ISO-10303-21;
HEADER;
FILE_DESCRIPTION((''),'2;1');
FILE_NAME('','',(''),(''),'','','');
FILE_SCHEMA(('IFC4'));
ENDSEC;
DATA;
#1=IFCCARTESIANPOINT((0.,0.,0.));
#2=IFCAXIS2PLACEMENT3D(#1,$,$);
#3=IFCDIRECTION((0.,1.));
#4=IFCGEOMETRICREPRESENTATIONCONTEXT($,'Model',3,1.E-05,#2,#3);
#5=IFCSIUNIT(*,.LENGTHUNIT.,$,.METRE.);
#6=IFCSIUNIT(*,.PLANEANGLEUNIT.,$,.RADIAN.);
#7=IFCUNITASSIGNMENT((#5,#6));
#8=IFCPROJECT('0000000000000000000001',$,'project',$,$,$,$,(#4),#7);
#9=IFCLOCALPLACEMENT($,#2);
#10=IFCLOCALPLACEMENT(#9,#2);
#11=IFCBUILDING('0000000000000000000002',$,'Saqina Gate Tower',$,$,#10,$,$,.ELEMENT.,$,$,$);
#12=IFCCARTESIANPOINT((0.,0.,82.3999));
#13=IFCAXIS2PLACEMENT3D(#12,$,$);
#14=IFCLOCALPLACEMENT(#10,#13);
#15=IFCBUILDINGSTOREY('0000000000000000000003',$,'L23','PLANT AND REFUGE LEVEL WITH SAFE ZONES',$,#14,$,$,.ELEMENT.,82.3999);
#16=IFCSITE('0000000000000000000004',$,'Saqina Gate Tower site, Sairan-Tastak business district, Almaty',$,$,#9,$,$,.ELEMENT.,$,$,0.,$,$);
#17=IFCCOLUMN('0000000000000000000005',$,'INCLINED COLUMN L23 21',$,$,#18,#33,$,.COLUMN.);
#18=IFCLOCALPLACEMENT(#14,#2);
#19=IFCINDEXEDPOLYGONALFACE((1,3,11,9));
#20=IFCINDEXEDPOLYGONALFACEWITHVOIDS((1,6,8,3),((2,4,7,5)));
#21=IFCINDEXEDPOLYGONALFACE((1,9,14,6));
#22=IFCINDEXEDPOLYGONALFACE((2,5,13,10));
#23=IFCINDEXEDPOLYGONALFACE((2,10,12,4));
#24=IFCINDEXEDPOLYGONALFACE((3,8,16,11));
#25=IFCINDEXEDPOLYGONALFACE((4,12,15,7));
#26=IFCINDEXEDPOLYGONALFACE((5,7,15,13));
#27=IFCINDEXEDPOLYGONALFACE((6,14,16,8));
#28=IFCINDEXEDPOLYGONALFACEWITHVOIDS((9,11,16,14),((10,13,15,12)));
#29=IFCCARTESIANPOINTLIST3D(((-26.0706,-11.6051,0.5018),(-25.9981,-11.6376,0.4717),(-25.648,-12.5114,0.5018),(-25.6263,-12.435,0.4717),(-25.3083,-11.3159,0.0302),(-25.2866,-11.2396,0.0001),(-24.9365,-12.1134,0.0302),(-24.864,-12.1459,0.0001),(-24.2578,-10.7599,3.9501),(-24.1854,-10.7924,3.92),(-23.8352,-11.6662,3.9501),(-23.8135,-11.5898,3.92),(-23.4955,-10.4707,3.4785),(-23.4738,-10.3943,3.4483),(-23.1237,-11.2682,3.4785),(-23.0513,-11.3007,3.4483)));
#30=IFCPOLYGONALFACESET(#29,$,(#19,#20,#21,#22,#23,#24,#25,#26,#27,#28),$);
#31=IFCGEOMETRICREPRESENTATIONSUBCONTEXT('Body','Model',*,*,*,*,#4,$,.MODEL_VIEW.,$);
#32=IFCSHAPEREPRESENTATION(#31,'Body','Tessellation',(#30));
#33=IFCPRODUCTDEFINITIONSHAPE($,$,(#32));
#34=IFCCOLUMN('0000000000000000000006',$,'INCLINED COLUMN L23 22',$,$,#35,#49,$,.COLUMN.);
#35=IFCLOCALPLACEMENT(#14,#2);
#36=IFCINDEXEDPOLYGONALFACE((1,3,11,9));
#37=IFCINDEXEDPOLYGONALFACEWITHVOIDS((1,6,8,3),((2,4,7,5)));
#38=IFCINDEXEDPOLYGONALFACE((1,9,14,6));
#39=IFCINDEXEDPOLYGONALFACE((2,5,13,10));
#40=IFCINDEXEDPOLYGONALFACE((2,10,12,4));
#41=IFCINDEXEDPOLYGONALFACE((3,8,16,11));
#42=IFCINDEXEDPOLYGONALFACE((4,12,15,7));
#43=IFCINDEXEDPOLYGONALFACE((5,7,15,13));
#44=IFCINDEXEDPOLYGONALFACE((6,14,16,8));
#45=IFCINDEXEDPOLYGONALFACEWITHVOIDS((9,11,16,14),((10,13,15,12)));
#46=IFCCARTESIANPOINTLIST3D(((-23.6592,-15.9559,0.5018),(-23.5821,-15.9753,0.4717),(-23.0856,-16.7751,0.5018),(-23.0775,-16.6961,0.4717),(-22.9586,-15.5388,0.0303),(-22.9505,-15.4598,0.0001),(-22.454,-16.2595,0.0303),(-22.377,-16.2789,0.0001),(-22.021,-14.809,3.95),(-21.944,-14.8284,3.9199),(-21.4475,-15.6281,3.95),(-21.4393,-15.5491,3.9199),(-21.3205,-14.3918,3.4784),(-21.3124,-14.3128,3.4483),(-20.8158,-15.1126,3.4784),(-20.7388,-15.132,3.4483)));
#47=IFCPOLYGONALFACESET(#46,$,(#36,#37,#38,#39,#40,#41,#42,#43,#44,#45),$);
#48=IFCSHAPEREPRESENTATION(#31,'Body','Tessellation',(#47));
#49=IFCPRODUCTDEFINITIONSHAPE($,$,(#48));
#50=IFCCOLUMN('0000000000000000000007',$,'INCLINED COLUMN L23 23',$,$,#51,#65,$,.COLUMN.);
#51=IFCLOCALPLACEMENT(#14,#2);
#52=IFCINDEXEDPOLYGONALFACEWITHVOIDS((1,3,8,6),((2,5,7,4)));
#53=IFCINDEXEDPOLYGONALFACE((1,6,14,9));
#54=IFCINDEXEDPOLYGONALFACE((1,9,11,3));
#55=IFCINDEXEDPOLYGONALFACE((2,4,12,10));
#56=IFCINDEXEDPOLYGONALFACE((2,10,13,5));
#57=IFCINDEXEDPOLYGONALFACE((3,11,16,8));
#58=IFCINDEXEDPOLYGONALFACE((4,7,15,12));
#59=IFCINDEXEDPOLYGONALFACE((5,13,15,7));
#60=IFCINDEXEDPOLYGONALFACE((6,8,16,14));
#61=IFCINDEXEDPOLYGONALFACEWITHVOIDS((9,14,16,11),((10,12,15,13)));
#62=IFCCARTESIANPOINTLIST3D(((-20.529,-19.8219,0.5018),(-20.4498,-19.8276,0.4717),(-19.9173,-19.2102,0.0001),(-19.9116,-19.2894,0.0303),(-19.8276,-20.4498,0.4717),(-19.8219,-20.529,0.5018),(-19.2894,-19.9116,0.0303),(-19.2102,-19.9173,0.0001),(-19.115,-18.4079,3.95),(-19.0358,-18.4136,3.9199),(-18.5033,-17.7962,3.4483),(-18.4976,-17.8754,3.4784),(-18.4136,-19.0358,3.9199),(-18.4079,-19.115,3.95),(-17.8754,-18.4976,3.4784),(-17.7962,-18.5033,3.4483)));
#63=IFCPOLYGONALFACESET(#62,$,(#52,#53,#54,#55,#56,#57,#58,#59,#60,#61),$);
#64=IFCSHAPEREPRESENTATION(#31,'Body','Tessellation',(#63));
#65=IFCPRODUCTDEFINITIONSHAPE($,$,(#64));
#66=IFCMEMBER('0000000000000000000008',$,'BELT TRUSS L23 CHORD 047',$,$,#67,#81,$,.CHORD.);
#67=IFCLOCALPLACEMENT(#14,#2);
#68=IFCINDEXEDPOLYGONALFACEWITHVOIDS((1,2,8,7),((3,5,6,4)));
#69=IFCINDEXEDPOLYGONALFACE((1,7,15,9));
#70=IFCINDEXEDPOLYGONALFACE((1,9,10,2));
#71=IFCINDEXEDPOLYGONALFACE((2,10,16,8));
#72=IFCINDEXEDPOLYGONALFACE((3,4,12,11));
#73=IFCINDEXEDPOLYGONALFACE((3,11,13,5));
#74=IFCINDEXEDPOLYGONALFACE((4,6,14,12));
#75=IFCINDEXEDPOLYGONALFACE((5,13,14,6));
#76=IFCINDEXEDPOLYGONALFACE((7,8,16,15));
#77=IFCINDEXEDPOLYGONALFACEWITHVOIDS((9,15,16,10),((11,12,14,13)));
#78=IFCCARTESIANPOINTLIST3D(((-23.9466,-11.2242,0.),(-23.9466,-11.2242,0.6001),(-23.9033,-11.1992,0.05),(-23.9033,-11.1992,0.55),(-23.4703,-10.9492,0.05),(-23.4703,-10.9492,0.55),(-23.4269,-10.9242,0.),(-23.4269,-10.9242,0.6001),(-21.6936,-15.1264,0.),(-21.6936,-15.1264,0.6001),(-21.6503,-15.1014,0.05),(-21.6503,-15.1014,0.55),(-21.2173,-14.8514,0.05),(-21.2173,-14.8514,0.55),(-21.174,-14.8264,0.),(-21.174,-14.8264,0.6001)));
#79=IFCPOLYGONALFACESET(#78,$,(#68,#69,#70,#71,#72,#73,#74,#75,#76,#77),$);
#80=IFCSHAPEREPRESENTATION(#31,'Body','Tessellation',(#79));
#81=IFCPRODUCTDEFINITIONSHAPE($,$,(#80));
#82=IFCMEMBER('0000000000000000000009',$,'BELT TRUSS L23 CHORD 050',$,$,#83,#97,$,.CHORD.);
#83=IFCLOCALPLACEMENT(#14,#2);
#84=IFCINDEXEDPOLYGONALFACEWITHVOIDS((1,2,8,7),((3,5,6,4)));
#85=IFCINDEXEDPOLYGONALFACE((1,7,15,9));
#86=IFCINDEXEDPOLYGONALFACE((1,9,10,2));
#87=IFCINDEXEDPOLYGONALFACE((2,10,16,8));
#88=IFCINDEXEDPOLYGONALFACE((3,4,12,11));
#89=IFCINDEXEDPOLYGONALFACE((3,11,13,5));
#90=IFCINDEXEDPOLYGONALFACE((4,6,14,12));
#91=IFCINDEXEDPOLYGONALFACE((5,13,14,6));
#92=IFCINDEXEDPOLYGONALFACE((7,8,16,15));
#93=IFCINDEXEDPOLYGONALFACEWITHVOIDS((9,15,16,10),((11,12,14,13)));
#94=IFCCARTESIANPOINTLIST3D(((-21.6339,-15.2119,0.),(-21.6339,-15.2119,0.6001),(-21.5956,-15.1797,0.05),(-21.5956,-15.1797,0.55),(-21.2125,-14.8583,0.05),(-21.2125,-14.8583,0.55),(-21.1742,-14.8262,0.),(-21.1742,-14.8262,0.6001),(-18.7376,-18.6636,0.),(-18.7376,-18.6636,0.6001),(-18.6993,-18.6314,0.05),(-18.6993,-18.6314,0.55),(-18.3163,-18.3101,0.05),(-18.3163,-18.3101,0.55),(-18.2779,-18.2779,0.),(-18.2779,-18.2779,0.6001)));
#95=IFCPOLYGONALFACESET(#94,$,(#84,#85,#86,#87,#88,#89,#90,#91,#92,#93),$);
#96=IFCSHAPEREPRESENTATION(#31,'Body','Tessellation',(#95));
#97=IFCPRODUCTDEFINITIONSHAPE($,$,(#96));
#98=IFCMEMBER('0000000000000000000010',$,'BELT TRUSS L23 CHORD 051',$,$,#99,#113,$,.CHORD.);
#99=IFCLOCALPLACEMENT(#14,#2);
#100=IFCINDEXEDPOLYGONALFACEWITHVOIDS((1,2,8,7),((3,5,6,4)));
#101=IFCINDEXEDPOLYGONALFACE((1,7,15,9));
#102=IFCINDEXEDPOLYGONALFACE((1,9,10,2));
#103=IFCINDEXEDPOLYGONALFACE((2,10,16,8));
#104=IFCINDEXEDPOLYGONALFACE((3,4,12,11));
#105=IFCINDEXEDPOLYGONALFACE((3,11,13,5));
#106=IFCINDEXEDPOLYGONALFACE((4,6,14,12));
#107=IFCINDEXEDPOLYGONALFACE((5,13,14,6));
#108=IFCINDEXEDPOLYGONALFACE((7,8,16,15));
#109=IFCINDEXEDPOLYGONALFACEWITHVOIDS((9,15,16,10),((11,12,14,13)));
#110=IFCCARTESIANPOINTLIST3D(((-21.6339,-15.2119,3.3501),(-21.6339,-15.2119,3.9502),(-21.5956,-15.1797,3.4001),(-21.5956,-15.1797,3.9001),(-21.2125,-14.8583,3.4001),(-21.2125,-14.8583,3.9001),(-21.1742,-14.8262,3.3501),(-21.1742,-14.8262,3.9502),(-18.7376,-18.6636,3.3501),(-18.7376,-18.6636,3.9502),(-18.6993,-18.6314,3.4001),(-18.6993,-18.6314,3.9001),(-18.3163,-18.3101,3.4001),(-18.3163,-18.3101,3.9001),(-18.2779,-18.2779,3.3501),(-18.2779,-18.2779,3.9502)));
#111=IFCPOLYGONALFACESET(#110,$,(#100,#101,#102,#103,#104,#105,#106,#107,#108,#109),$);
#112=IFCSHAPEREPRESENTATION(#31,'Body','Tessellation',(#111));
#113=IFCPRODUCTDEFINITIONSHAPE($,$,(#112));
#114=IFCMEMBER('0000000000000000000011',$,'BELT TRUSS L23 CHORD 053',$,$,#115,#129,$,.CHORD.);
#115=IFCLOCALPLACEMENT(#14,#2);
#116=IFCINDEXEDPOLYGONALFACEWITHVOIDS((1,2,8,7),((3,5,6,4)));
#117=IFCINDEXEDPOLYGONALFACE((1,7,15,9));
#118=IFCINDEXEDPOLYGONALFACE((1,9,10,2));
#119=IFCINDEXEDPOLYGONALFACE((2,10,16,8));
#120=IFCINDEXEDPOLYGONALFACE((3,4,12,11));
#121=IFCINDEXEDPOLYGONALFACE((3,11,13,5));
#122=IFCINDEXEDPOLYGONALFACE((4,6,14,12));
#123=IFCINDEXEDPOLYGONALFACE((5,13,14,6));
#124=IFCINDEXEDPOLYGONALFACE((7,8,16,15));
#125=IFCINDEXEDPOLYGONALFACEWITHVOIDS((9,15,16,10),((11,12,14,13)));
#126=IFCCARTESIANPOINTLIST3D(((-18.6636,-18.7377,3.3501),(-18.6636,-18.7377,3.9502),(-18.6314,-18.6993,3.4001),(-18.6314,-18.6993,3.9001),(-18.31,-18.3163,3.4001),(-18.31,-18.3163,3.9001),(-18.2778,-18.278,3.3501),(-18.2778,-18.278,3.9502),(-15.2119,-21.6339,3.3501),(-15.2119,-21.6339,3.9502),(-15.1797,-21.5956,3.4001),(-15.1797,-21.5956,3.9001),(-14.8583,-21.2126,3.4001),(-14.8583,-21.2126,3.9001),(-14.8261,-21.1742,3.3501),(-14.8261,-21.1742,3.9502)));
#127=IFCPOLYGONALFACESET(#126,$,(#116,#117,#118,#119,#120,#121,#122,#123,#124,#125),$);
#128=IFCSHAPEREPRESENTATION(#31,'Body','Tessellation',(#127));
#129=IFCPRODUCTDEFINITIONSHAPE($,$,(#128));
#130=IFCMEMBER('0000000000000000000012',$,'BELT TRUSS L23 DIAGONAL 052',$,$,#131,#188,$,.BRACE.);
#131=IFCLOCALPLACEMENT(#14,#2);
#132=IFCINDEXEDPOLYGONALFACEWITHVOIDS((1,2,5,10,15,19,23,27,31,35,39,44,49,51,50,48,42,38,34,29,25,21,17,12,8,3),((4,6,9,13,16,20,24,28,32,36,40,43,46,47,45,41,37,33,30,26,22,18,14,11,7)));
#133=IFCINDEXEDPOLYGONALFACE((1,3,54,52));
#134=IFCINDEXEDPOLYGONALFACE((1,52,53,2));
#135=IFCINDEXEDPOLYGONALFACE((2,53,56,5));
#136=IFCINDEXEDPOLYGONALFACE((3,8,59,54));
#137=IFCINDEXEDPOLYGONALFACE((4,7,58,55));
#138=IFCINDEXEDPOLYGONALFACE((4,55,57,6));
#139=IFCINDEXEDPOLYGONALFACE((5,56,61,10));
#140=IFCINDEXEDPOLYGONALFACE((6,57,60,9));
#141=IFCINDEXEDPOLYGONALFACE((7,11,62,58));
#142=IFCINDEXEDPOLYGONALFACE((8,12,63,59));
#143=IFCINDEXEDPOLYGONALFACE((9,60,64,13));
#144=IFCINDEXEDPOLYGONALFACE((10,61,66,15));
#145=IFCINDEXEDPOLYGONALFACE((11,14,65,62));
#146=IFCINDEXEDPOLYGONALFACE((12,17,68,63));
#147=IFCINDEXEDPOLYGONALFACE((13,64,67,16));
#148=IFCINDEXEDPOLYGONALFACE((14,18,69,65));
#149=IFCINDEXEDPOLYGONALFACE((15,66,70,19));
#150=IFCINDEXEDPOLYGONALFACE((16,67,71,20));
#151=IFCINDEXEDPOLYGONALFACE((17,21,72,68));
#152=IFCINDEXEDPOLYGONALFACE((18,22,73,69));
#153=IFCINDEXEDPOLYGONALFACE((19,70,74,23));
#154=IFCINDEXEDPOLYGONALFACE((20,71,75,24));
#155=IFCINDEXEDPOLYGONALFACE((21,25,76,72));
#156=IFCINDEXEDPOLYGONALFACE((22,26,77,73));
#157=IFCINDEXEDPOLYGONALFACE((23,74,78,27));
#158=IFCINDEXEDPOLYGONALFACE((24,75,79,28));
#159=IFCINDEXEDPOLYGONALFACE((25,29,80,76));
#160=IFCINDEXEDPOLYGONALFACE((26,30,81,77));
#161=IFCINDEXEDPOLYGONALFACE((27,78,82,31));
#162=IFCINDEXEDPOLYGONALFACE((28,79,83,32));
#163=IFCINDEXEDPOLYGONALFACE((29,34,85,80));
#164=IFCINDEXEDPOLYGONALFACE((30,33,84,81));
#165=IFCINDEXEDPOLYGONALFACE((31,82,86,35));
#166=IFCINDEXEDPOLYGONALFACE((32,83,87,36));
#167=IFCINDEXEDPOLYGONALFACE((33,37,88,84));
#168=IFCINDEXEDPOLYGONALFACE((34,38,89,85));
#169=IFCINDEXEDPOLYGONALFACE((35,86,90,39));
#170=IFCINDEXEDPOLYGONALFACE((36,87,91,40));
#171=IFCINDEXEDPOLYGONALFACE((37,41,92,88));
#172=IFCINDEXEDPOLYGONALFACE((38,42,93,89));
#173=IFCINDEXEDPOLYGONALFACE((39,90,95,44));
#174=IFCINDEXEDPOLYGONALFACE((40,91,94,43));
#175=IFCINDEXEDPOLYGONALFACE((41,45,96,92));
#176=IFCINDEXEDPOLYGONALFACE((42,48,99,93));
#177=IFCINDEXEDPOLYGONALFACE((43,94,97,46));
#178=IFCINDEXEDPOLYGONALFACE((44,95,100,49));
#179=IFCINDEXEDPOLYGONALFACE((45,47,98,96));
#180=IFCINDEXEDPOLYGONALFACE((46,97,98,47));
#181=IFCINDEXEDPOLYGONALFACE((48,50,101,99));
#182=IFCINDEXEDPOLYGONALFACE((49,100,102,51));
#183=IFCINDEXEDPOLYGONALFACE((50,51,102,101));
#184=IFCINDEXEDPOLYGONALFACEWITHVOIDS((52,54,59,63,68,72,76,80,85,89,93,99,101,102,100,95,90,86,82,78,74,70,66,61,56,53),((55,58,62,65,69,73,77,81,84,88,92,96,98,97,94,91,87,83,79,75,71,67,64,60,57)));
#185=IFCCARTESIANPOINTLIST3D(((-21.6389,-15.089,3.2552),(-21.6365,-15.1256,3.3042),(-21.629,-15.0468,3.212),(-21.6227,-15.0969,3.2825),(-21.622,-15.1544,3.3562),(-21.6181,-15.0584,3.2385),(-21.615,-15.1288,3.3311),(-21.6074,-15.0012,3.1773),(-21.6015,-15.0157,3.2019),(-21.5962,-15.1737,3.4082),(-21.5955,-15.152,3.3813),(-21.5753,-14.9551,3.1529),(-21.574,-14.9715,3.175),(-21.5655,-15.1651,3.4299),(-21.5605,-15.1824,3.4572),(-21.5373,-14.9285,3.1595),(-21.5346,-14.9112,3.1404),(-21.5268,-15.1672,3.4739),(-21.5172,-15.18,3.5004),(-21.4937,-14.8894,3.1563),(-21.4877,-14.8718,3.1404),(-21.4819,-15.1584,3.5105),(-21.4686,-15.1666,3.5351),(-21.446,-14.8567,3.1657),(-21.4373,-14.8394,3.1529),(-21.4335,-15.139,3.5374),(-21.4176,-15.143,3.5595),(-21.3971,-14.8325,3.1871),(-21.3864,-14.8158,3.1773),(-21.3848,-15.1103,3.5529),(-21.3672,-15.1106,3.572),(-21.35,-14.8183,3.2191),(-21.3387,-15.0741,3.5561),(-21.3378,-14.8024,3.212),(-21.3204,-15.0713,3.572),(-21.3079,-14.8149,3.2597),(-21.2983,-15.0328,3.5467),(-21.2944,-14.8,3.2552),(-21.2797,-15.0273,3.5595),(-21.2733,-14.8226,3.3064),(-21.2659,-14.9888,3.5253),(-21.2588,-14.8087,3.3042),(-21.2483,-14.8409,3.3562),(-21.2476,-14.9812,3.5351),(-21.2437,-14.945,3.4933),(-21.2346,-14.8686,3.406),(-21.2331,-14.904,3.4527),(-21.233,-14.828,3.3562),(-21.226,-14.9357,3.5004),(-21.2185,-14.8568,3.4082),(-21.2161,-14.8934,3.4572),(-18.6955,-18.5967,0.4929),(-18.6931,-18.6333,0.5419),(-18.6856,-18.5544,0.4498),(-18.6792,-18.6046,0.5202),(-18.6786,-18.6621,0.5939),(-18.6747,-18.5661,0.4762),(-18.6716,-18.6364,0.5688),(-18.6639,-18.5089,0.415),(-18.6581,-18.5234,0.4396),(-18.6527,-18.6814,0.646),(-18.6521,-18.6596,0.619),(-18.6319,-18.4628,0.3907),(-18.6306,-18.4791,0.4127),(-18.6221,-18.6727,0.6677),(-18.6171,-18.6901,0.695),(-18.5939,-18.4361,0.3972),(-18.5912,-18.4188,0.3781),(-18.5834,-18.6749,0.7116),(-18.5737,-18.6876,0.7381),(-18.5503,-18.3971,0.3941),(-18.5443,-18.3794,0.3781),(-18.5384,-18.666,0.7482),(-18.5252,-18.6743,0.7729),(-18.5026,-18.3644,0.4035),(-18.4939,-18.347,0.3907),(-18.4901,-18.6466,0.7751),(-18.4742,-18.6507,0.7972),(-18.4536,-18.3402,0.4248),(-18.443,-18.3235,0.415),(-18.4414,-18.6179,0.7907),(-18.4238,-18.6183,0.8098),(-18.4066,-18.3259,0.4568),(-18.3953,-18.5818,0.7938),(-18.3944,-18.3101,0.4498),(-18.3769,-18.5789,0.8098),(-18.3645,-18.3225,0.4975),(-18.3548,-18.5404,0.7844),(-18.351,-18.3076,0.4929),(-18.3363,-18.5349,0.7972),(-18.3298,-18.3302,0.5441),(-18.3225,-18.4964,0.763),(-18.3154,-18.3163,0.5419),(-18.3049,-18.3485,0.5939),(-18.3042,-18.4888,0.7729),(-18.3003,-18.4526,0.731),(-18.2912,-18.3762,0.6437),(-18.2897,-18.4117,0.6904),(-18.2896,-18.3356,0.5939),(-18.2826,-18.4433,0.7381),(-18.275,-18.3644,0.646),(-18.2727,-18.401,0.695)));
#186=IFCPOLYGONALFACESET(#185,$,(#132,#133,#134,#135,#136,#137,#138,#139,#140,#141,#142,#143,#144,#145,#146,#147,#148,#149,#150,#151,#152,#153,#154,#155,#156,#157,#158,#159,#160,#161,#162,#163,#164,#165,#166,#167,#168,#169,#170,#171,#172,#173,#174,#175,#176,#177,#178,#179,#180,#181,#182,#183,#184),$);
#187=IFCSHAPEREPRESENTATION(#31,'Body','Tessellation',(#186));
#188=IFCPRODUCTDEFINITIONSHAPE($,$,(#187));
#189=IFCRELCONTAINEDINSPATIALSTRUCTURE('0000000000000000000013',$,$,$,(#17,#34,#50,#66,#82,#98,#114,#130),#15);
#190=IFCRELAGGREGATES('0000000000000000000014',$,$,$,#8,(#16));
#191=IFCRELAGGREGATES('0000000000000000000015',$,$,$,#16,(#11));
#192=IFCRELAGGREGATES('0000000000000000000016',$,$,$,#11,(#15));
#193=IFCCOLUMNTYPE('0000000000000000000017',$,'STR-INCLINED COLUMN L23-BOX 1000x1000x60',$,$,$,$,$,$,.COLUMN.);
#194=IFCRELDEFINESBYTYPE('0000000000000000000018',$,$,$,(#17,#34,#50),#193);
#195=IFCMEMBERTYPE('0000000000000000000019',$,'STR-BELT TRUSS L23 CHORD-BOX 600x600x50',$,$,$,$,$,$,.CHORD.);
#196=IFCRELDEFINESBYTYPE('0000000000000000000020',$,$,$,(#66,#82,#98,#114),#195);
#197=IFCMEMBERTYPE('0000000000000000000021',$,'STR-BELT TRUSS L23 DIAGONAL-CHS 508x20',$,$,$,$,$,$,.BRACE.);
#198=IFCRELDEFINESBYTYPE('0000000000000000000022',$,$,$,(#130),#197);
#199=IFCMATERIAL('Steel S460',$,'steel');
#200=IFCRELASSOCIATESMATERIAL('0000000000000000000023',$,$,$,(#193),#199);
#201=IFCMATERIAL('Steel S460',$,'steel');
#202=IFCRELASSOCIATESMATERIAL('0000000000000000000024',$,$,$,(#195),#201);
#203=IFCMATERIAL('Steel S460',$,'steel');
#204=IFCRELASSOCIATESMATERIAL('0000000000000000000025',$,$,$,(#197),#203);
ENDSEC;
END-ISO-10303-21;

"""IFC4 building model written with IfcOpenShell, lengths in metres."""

from ifc_helpers import new_model, si_unit, direction, frame, origin, origin_2d, place, context, subcontext, project, spatial, hollow_rectangle, hollow_circle, extrude, material, material_profile, profile_set, type_object, element, save


model = new_model("IFC4")

# Units and contexts
model_context = context("Model", 3, precision=1e-05, world=origin(), true_north=direction((0.0, 1.0)))
body_context = subcontext(model_context, "Body", "Model", "MODEL_VIEW")
ifc_project = project(units=[si_unit("LENGTHUNIT", "METRE"), si_unit("PLANEANGLEUNIT", "RADIAN")], contexts=[model_context])

# Site, building, storey
site_placement = place(None, origin())
site = spatial("IfcSite", under=ifc_project, at=site_placement, Name="Saqina Gate Tower site, Sairan-Tastak business district, Almaty", CompositionType="ELEMENT", RefElevation=0.0)
building_placement = place(site_placement, origin())
building = spatial("IfcBuilding", under=site, at=building_placement, Name="Saqina Gate Tower", CompositionType="ELEMENT")
storey_placement = place(building_placement, frame((0.0, 0.0, 82.3999)))
storey = spatial("IfcBuildingStorey", under=building, at=storey_placement, Name="L23", Description="PLANT AND REFUGE LEVEL WITH SAFE ZONES", CompositionType="ELEMENT", Elevation=82.3999)

# Columns
ifc_material_1 = material(Name="Steel S460", Category="steel")
ifc_material_profile_1 = material_profile(ifc_material_1, hollow_rectangle(XDim=1.0, YDim=1.0, WallThickness=0.0601, at=origin_2d()), Name="BOX 1000x1000x60")
ifc_profile_set_1 = profile_set([ifc_material_profile_1], Name="Steel S460")
column_type = type_object("IfcColumnType", Name="STR-INCLINED COLUMN L23-BOX 1000x1000x60", PredefinedType="COLUMN", material=ifc_profile_set_1)
column_placement = place(storey_placement, frame((-25.4673, -11.8755, 0.251), z_axis=(0.45474, 0.212028, 0.865017), x_axis=(-0.422585, 0.906323, 0.0)))
element("IfcColumn", 1, at=column_placement, inside=storey, type_object=column_type, Name="INCLINED COLUMN L23 21", PredefinedType="COLUMN", context=body_context, shape_type="SweptSolid", body=[
    extrude(hollow_rectangle(XDim=1.0, YDim=1.0, WallThickness=0.0601, at=origin_2d()), origin(), (0.0, 0.0, 1.0), 3.9863),
])
for number, where, z_axis, x_axis, name in (
    (2, (-23.0181, -16.1174, 0.251), (0.410967, 0.287738, 0.865051), (-0.573544, 0.819175, 0.0), "INCLINED COLUMN L23 22"),
    (3, (-19.8696, -19.8696, 0.251), (0.354742, 0.354742, 0.865052), (-0.707107, 0.707107, 0.0), "INCLINED COLUMN L23 23"),
):
    element("IfcColumn", number, at=place(storey_placement, frame(where, z_axis=z_axis, x_axis=x_axis)), inside=storey, type_object=column_type, Name=name, PredefinedType="COLUMN", context=body_context, shape_type="SweptSolid", body=[
        extrude(hollow_rectangle(XDim=1.0, YDim=1.0, WallThickness=0.0601, at=origin_2d()), origin(), (0.0, 0.0, 1.0), 3.9861),
    ])

# Members
ifc_material_2 = material(Name="Steel S460", Category="steel")
ifc_material_profile_2 = material_profile(ifc_material_2, hollow_rectangle(XDim=0.6001, YDim=0.6001, WallThickness=0.05, at=origin_2d()), Name="BOX 600x600x50")
ifc_profile_set_2 = profile_set([ifc_material_profile_2], Name="Steel S460")
member_type_1 = type_object("IfcMemberType", Name="STR-BELT TRUSS L23 CHORD-BOX 600x600x50", PredefinedType="CHORD", material=ifc_profile_set_2)
for number, where, z_axis, x_axis, name in (
    (4, (-23.6868, -11.0742, 0.3), (0.500009, -0.86602, 0.0), (0.86602, 0.500009, 0.0), "BELT TRUSS L23 CHORD 047"),
    (5, (-21.4041, -15.019, 0.3), (0.642782, -0.76605, 0.0), (0.76605, 0.642782, 0.0), "BELT TRUSS L23 CHORD 050"),
    (6, (-21.4041, -15.019, 3.6501), (0.642782, -0.76605, 0.0), (0.76605, 0.642782, 0.0), "BELT TRUSS L23 CHORD 051"),
    (7, (-18.4707, -18.5078, 3.6501), (0.76605, -0.642782, 0.0), (0.642782, 0.76605, 0.0), "BELT TRUSS L23 CHORD 053"),
):
    element("IfcMember", number, at=place(storey_placement, frame(where, z_axis=z_axis, x_axis=x_axis)), inside=storey, type_object=member_type_1, Name=name, PredefinedType="CHORD", context=body_context, shape_type="SweptSolid", body=[
        extrude(hollow_rectangle(XDim=0.6001, YDim=0.6001, WallThickness=0.05, at=origin_2d()), origin(), (0.0, 0.0, 1.0), 4.5059),
    ])
ifc_material_3 = material(Name="Steel S460", Category="steel")
ifc_material_profile_3 = material_profile(ifc_material_3, hollow_circle(Radius=0.2539, WallThickness=0.02, at=origin_2d()), Name="CHS 508x20")
ifc_profile_set_3 = profile_set([ifc_material_profile_3], Name="Steel S460")
member_type_2 = type_object("IfcMemberType", Name="STR-BELT TRUSS L23 DIAGONAL-CHS 508x20", PredefinedType="BRACE", material=ifc_profile_set_3)
member_1_placement = place(storey_placement, frame((-21.4275, -14.9912, 3.3562), z_axis=(0.550414, -0.655922, -0.516538), x_axis=(0.766027, 0.642808, 0.0)))
element("IfcMember", 8, at=member_1_placement, inside=storey, type_object=member_type_2, Name="BELT TRUSS L23 DIAGONAL 052", PredefinedType="BRACE", context=body_context, shape_type="SweptSolid", body=[
    extrude(hollow_circle(Radius=0.2539, WallThickness=0.02, at=origin_2d()), origin(), (0.0, 0.0, 1.0), 5.3477),
])

save(model, "model.ifc")
